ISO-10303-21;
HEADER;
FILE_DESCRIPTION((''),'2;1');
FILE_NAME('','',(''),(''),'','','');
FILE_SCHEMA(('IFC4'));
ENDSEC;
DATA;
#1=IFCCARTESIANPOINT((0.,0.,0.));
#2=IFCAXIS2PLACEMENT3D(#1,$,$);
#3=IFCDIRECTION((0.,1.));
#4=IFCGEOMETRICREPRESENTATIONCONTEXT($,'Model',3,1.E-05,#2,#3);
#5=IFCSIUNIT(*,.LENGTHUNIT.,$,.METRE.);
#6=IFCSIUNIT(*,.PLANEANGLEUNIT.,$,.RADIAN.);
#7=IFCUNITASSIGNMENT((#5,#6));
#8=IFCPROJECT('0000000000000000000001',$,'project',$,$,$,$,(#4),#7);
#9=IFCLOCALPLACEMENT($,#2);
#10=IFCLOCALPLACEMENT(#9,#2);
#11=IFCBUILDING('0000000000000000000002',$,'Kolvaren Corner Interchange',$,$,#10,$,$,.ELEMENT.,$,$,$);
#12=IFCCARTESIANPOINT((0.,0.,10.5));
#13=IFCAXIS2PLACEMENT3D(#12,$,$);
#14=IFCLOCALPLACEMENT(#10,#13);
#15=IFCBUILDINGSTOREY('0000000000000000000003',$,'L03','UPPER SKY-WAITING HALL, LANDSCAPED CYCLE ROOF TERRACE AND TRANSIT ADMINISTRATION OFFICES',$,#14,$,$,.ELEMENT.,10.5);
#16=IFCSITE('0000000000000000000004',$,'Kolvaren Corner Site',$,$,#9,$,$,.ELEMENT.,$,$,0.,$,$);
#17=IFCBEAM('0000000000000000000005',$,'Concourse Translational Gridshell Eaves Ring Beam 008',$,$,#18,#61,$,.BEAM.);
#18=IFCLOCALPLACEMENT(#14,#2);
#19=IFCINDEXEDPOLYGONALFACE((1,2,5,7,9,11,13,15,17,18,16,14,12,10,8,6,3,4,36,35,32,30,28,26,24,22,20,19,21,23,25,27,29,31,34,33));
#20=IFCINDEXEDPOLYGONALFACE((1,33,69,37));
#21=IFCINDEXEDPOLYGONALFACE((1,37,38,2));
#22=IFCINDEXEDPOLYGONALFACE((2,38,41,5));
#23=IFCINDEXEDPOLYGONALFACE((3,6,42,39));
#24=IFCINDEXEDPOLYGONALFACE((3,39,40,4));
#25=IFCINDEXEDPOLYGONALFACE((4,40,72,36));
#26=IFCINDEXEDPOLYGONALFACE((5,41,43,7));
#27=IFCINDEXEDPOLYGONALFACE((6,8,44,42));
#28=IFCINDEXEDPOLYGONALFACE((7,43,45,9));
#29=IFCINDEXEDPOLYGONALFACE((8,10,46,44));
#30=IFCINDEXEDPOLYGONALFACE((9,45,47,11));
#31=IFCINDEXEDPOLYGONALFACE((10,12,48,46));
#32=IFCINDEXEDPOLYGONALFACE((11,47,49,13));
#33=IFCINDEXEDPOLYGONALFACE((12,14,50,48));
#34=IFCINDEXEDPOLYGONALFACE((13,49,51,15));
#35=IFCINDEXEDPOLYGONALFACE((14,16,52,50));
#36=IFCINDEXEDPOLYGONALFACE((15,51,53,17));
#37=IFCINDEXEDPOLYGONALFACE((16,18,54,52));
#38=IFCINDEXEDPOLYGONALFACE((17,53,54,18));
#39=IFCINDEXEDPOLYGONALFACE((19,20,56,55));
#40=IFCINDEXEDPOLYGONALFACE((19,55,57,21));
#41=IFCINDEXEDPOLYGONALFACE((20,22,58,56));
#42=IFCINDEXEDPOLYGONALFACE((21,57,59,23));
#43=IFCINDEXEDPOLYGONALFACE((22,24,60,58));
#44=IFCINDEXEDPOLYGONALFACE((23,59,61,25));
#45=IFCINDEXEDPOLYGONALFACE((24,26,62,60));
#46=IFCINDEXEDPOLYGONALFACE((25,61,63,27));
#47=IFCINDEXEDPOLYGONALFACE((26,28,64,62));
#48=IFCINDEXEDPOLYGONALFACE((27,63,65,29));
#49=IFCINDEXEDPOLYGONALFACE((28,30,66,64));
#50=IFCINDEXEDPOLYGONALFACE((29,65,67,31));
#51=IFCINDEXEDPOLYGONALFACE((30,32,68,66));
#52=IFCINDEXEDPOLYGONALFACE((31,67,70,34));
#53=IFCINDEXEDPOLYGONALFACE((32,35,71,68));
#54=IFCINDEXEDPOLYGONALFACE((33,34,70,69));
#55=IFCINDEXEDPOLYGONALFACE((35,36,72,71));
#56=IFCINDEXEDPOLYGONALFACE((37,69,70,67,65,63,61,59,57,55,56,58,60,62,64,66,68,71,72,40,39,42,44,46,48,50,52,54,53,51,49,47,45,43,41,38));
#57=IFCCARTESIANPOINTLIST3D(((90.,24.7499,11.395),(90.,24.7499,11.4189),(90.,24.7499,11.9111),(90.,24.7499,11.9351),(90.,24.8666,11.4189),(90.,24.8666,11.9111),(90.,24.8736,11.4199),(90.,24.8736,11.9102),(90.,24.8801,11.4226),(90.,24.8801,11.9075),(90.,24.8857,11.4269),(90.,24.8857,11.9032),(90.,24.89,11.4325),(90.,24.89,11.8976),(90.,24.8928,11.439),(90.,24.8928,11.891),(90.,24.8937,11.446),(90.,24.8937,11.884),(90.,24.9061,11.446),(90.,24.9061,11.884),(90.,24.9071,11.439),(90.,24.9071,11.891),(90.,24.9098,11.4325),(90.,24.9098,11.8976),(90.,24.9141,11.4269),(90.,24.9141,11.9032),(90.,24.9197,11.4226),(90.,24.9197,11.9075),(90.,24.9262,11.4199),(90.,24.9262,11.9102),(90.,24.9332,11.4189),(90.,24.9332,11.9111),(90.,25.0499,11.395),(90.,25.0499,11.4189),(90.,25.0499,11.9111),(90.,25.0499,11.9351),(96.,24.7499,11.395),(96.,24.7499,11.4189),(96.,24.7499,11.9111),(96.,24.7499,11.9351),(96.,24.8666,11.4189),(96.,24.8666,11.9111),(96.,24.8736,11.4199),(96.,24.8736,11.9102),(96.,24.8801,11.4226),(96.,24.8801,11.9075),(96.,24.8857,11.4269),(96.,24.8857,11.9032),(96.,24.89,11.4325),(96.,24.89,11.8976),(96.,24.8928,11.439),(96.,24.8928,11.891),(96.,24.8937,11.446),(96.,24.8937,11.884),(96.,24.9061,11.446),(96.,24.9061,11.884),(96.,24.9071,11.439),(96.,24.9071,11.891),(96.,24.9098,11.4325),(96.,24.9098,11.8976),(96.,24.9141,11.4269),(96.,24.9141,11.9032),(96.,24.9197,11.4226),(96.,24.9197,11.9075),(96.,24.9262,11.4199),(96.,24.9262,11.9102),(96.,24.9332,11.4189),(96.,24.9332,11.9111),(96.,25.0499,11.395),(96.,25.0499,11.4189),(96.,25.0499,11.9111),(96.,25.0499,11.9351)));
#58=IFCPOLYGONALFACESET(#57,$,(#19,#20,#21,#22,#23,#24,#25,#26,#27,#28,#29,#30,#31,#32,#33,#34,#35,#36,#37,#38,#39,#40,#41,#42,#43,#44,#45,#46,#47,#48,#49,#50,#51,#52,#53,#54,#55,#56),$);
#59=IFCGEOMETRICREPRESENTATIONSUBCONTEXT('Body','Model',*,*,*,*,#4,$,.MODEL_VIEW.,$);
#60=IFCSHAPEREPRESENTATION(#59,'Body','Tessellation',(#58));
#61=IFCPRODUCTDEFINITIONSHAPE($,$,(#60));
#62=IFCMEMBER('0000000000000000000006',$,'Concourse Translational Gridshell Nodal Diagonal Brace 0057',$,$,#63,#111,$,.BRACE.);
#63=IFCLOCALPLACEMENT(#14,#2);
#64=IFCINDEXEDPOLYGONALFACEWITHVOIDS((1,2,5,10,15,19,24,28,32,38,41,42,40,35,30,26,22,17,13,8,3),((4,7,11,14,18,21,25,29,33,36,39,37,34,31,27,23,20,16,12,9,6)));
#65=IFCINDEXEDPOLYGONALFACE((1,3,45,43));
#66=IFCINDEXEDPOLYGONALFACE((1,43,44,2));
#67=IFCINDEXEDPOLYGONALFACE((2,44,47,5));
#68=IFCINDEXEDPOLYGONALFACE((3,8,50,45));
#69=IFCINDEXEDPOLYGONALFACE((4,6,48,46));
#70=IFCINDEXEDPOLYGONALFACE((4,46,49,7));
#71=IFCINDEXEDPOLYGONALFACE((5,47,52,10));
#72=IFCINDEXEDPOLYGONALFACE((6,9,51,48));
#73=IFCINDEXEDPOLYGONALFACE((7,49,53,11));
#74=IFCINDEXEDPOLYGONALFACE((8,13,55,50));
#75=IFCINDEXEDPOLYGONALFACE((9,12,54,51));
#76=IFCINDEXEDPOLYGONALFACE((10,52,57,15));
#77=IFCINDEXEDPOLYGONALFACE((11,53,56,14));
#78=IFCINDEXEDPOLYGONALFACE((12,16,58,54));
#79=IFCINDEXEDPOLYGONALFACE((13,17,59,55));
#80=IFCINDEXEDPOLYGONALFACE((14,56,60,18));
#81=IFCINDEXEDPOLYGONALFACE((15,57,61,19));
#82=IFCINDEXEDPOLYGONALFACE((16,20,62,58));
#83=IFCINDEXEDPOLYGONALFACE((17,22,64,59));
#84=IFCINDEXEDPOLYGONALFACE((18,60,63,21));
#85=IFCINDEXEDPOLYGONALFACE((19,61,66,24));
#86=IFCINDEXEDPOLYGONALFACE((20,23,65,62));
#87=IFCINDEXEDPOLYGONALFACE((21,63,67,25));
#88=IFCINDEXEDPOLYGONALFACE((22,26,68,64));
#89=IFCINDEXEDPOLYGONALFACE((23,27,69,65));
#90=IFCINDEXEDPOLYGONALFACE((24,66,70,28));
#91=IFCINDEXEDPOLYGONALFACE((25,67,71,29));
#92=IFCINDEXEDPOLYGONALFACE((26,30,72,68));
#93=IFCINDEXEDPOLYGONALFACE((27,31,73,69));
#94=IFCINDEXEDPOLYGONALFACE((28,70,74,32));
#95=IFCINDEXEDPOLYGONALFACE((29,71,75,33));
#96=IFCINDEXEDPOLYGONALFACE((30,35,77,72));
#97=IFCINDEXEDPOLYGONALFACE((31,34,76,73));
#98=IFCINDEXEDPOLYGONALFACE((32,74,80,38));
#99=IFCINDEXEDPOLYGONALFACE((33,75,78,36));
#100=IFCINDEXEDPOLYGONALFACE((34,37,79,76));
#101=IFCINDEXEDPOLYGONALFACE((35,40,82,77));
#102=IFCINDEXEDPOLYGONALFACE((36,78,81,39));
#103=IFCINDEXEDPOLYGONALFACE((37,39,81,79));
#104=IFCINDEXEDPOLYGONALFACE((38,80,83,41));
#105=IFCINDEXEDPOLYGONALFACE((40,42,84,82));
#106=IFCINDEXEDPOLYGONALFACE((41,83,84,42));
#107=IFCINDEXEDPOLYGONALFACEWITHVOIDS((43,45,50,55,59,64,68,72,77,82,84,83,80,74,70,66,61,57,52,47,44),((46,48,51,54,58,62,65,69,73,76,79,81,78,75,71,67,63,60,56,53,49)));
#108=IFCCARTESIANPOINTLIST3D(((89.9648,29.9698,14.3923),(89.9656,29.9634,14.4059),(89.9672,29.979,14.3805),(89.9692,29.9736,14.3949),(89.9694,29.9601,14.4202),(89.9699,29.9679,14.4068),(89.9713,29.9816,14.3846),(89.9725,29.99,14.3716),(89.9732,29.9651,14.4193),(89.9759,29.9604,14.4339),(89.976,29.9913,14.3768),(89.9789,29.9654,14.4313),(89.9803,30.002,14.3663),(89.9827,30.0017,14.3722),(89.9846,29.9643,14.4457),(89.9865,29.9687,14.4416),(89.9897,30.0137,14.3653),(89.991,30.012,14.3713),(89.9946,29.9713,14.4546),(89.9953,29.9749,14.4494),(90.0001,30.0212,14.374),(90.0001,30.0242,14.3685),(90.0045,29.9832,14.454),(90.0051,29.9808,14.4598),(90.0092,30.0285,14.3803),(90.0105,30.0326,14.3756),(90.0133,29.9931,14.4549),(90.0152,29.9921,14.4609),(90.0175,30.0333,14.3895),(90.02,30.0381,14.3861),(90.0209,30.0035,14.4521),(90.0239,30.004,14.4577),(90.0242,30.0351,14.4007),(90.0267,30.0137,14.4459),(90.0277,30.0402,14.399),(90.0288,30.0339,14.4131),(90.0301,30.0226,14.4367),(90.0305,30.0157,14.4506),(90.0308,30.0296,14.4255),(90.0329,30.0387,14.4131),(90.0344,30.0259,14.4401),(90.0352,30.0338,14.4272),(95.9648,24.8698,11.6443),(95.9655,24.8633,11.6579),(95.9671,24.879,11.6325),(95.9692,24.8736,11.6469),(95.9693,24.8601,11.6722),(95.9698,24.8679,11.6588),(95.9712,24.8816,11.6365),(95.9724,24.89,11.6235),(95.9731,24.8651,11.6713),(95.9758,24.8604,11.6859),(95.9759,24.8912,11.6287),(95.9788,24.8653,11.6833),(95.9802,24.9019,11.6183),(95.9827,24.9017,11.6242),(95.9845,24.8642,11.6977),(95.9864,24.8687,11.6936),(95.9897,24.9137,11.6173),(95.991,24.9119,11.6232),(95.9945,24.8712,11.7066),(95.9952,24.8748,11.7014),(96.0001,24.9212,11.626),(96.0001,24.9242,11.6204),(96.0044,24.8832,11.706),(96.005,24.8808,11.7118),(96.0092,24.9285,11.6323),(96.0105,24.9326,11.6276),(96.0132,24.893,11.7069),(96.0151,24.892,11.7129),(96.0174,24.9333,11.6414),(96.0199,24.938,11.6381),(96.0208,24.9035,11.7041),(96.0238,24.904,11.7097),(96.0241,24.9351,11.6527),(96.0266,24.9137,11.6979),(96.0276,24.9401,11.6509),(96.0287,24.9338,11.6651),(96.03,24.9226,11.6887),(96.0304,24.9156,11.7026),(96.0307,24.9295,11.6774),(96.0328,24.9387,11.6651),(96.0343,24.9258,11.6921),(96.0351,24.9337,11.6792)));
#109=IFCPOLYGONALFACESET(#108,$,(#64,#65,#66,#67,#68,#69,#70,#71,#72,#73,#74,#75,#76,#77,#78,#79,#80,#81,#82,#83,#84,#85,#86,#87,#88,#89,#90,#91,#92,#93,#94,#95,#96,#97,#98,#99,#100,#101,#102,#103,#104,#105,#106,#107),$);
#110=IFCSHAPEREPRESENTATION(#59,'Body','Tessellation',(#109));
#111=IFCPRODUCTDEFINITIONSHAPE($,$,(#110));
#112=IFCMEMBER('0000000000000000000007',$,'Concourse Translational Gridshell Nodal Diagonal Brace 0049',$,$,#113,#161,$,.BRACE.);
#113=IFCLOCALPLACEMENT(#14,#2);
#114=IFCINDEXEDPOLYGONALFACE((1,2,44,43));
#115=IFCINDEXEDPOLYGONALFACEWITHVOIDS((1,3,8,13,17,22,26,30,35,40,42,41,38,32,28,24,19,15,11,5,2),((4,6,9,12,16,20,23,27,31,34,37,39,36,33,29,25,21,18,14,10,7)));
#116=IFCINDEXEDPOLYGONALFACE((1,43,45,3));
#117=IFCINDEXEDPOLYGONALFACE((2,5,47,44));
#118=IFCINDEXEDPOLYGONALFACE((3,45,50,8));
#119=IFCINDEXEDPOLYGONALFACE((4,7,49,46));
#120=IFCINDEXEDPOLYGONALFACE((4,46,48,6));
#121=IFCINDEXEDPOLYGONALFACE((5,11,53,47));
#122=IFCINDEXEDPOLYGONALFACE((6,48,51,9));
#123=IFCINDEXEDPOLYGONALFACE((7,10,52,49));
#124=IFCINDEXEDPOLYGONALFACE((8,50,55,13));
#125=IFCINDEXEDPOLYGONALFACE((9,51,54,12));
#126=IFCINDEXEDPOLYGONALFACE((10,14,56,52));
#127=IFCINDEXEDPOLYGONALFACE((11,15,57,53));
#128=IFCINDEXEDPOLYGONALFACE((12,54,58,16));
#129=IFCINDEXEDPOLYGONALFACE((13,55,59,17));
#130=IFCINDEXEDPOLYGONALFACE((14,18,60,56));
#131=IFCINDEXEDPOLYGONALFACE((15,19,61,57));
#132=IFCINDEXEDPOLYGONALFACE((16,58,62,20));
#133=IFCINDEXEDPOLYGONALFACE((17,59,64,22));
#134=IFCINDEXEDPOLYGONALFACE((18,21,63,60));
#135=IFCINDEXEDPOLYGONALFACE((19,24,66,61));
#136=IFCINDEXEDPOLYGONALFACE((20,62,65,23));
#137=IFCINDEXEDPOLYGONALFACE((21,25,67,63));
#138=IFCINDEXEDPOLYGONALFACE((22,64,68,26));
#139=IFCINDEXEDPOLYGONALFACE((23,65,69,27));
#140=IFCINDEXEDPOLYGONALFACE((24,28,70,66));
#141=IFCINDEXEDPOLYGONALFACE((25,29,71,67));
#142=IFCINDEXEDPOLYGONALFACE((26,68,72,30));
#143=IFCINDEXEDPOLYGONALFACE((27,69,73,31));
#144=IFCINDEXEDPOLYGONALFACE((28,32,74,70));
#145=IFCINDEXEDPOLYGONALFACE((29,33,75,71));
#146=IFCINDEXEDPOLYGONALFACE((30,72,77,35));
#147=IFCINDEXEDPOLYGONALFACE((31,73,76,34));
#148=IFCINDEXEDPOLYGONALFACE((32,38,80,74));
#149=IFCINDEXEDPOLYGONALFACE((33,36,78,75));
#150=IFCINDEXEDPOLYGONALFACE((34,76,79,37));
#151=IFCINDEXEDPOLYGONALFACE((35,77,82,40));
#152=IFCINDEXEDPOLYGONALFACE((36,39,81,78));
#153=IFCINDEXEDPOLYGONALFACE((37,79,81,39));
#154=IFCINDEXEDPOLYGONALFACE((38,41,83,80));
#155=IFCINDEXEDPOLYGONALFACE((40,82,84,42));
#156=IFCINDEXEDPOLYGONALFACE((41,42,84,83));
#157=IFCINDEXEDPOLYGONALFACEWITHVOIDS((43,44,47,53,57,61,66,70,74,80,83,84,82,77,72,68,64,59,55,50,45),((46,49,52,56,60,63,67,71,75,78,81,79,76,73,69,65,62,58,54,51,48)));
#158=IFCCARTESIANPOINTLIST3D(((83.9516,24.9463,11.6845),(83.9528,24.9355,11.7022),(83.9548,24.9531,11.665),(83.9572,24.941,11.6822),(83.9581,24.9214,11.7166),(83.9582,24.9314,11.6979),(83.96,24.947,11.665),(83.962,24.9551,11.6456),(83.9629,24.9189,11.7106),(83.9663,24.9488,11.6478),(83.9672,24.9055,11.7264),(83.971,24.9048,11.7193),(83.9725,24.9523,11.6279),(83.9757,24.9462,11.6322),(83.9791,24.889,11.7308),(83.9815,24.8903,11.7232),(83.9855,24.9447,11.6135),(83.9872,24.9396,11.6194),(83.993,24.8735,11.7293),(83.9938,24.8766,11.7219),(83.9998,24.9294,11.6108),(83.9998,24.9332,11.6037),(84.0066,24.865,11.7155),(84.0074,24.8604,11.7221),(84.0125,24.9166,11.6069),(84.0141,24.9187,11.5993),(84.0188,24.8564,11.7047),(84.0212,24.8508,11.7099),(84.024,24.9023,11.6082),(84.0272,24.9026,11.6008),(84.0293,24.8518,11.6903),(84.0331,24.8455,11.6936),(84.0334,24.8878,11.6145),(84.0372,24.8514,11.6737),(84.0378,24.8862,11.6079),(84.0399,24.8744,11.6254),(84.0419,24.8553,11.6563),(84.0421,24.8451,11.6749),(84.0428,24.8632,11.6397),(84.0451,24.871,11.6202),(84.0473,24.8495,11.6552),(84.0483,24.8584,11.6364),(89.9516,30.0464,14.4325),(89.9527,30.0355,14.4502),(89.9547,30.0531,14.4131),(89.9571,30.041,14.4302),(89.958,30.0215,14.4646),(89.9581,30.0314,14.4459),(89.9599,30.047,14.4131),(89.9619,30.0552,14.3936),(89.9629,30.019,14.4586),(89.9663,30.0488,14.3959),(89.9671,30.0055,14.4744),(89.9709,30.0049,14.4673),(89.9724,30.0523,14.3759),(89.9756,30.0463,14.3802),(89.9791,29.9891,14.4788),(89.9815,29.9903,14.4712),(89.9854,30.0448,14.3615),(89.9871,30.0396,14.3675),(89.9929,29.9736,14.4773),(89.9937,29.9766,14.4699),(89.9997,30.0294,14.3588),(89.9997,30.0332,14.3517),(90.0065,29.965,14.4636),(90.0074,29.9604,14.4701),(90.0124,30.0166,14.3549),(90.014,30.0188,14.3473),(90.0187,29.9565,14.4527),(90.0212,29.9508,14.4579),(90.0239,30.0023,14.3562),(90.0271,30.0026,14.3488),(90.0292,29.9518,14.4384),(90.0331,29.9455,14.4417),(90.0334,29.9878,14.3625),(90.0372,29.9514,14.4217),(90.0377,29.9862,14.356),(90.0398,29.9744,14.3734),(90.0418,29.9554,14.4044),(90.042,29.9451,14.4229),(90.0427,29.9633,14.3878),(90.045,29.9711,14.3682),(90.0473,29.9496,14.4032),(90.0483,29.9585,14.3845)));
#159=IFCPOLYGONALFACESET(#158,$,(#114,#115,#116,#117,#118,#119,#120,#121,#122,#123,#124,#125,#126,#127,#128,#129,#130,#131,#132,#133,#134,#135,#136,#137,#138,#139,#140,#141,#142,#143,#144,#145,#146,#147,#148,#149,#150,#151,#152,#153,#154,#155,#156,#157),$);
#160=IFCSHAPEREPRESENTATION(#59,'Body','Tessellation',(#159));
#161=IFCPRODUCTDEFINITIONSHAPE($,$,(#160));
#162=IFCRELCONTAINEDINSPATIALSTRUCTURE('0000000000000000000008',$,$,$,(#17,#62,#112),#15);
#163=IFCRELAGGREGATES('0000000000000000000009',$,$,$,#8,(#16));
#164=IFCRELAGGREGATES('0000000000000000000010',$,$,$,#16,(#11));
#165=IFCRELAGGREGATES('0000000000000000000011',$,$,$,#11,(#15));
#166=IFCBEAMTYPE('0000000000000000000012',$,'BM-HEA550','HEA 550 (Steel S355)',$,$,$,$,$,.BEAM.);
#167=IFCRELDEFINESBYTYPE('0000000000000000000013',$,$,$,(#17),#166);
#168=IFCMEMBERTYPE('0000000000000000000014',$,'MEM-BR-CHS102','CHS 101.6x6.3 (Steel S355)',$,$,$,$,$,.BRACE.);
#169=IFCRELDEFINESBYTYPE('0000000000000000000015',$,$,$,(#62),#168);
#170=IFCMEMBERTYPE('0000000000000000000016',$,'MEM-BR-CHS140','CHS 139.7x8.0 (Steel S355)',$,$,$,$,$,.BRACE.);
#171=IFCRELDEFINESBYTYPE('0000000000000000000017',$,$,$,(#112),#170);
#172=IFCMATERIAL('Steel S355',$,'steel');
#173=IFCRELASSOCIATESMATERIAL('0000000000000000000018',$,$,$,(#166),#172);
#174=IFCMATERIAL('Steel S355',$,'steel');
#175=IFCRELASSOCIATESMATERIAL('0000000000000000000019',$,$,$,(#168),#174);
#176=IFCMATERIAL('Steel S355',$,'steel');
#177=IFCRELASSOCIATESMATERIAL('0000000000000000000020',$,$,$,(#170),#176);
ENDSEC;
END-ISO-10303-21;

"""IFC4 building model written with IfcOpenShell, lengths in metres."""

from ifc_helpers import new_model, si_unit, direction, frame, origin, origin_2d, place, context, subcontext, project, spatial, hollow_circle, i_section, extrude, material, material_profile, profile_set, type_object, element, save


model = new_model("IFC4")

# Units and contexts
model_context = context("Model", 3, precision=1e-05, world=origin(), true_north=direction((0.0, 1.0)))
body_context = subcontext(model_context, "Body", "Model", "MODEL_VIEW")
ifc_project = project(units=[si_unit("LENGTHUNIT", "METRE"), si_unit("PLANEANGLEUNIT", "RADIAN")], contexts=[model_context])

# Site, building, storey
site_placement = place(None, origin())
site = spatial("IfcSite", under=ifc_project, at=site_placement, Name="Kolvaren Corner Site", CompositionType="ELEMENT", RefElevation=0.0)
building_placement = place(site_placement, origin())
building = spatial("IfcBuilding", under=site, at=building_placement, Name="Kolvaren Corner Interchange", CompositionType="ELEMENT")
storey_placement = place(building_placement, frame((0.0, 0.0, 10.5)))
storey = spatial("IfcBuildingStorey", under=building, at=storey_placement, Name="L03", Description="UPPER SKY-WAITING HALL, LANDSCAPED CYCLE ROOF TERRACE AND TRANSIT ADMINISTRATION OFFICES", CompositionType="ELEMENT", Elevation=10.5)

# Beam
ifc_material_1 = material(Name="Steel S355", Category="steel")
ifc_material_profile_1 = material_profile(ifc_material_1, i_section(OverallWidth=0.3, OverallDepth=0.54, WebThickness=0.0125, FlangeThickness=0.0239, FilletRadius=0.0271, at=origin_2d()), Name="HEA 550")
ifc_profile_set_1 = profile_set([ifc_material_profile_1], Name="Steel S355")
beam_type = type_object("IfcBeamType", Name="BM-HEA550", Description="HEA 550 (Steel S355)", PredefinedType="BEAM", material=ifc_profile_set_1)
beam_placement = place(storey_placement, frame((90.0, 24.8999, 11.665), z_axis=(1.0, 0.0, 0.0), x_axis=(0.0, 1.0, 0.0)))
element("IfcBeam", 1, at=beam_placement, inside=storey, type_object=beam_type, Name="Concourse Translational Gridshell Eaves Ring Beam 008", PredefinedType="BEAM", context=body_context, shape_type="SweptSolid", body=[
    extrude(i_section(OverallWidth=0.3, OverallDepth=0.54, WebThickness=0.0125, FlangeThickness=0.0239, FilletRadius=0.0271, at=origin_2d()), origin(), (0.0, 0.0, 1.0), 6.0),
])

# Members
ifc_material_2 = material(Name="Steel S355", Category="steel")
ifc_material_profile_2 = material_profile(ifc_material_2, hollow_circle(Radius=0.0508, WallThickness=0.0063, at=origin_2d()), Name="CHS 101.6x6.3")
ifc_profile_set_2 = profile_set([ifc_material_profile_2], Name="Steel S355")
member_type_1 = type_object("IfcMemberType", Name="MEM-BR-CHS102", Description="CHS 101.6x6.3 (Steel S355)", PredefinedType="BRACE", material=ifc_profile_set_2)
member_1_placement = place(storey_placement, frame((90.0, 30.0, 14.4131), z_axis=(0.719387, -0.611491, -0.329485), x_axis=(0.647656, 0.761933, 0.0)))
element("IfcMember", 2, at=member_1_placement, inside=storey, type_object=member_type_1, Name="Concourse Translational Gridshell Nodal Diagonal Brace 0057", PredefinedType="BRACE", context=body_context, shape_type="SweptSolid", body=[
    extrude(hollow_circle(Radius=0.0508, WallThickness=0.0063, at=origin_2d()), origin(), (0.0, 0.0, 1.0), 8.3403),
])
ifc_material_3 = material(Name="Steel S355", Category="steel")
ifc_material_profile_3 = material_profile(ifc_material_3, hollow_circle(Radius=0.0698, WallThickness=0.0081, at=origin_2d()), Name="CHS 139.7x8.0")
ifc_profile_set_3 = profile_set([ifc_material_profile_3], Name="Steel S355")
member_type_2 = type_object("IfcMemberType", Name="MEM-BR-CHS140", Description="CHS 139.7x8.0 (Steel S355)", PredefinedType="BRACE", material=ifc_profile_set_3)
member_2_placement = place(storey_placement, frame((84.0, 24.8999, 11.665), z_axis=(0.719387, 0.611491, 0.329485), x_axis=(-0.647656, 0.761933, 0.0)))
element("IfcMember", 3, at=member_2_placement, inside=storey, type_object=member_type_2, Name="Concourse Translational Gridshell Nodal Diagonal Brace 0049", PredefinedType="BRACE", context=body_context, shape_type="SweptSolid", body=[
    extrude(hollow_circle(Radius=0.0698, WallThickness=0.0081, at=origin_2d()), origin(), (0.0, 0.0, 1.0), 8.3403),
])

save(model, "model.ifc")
